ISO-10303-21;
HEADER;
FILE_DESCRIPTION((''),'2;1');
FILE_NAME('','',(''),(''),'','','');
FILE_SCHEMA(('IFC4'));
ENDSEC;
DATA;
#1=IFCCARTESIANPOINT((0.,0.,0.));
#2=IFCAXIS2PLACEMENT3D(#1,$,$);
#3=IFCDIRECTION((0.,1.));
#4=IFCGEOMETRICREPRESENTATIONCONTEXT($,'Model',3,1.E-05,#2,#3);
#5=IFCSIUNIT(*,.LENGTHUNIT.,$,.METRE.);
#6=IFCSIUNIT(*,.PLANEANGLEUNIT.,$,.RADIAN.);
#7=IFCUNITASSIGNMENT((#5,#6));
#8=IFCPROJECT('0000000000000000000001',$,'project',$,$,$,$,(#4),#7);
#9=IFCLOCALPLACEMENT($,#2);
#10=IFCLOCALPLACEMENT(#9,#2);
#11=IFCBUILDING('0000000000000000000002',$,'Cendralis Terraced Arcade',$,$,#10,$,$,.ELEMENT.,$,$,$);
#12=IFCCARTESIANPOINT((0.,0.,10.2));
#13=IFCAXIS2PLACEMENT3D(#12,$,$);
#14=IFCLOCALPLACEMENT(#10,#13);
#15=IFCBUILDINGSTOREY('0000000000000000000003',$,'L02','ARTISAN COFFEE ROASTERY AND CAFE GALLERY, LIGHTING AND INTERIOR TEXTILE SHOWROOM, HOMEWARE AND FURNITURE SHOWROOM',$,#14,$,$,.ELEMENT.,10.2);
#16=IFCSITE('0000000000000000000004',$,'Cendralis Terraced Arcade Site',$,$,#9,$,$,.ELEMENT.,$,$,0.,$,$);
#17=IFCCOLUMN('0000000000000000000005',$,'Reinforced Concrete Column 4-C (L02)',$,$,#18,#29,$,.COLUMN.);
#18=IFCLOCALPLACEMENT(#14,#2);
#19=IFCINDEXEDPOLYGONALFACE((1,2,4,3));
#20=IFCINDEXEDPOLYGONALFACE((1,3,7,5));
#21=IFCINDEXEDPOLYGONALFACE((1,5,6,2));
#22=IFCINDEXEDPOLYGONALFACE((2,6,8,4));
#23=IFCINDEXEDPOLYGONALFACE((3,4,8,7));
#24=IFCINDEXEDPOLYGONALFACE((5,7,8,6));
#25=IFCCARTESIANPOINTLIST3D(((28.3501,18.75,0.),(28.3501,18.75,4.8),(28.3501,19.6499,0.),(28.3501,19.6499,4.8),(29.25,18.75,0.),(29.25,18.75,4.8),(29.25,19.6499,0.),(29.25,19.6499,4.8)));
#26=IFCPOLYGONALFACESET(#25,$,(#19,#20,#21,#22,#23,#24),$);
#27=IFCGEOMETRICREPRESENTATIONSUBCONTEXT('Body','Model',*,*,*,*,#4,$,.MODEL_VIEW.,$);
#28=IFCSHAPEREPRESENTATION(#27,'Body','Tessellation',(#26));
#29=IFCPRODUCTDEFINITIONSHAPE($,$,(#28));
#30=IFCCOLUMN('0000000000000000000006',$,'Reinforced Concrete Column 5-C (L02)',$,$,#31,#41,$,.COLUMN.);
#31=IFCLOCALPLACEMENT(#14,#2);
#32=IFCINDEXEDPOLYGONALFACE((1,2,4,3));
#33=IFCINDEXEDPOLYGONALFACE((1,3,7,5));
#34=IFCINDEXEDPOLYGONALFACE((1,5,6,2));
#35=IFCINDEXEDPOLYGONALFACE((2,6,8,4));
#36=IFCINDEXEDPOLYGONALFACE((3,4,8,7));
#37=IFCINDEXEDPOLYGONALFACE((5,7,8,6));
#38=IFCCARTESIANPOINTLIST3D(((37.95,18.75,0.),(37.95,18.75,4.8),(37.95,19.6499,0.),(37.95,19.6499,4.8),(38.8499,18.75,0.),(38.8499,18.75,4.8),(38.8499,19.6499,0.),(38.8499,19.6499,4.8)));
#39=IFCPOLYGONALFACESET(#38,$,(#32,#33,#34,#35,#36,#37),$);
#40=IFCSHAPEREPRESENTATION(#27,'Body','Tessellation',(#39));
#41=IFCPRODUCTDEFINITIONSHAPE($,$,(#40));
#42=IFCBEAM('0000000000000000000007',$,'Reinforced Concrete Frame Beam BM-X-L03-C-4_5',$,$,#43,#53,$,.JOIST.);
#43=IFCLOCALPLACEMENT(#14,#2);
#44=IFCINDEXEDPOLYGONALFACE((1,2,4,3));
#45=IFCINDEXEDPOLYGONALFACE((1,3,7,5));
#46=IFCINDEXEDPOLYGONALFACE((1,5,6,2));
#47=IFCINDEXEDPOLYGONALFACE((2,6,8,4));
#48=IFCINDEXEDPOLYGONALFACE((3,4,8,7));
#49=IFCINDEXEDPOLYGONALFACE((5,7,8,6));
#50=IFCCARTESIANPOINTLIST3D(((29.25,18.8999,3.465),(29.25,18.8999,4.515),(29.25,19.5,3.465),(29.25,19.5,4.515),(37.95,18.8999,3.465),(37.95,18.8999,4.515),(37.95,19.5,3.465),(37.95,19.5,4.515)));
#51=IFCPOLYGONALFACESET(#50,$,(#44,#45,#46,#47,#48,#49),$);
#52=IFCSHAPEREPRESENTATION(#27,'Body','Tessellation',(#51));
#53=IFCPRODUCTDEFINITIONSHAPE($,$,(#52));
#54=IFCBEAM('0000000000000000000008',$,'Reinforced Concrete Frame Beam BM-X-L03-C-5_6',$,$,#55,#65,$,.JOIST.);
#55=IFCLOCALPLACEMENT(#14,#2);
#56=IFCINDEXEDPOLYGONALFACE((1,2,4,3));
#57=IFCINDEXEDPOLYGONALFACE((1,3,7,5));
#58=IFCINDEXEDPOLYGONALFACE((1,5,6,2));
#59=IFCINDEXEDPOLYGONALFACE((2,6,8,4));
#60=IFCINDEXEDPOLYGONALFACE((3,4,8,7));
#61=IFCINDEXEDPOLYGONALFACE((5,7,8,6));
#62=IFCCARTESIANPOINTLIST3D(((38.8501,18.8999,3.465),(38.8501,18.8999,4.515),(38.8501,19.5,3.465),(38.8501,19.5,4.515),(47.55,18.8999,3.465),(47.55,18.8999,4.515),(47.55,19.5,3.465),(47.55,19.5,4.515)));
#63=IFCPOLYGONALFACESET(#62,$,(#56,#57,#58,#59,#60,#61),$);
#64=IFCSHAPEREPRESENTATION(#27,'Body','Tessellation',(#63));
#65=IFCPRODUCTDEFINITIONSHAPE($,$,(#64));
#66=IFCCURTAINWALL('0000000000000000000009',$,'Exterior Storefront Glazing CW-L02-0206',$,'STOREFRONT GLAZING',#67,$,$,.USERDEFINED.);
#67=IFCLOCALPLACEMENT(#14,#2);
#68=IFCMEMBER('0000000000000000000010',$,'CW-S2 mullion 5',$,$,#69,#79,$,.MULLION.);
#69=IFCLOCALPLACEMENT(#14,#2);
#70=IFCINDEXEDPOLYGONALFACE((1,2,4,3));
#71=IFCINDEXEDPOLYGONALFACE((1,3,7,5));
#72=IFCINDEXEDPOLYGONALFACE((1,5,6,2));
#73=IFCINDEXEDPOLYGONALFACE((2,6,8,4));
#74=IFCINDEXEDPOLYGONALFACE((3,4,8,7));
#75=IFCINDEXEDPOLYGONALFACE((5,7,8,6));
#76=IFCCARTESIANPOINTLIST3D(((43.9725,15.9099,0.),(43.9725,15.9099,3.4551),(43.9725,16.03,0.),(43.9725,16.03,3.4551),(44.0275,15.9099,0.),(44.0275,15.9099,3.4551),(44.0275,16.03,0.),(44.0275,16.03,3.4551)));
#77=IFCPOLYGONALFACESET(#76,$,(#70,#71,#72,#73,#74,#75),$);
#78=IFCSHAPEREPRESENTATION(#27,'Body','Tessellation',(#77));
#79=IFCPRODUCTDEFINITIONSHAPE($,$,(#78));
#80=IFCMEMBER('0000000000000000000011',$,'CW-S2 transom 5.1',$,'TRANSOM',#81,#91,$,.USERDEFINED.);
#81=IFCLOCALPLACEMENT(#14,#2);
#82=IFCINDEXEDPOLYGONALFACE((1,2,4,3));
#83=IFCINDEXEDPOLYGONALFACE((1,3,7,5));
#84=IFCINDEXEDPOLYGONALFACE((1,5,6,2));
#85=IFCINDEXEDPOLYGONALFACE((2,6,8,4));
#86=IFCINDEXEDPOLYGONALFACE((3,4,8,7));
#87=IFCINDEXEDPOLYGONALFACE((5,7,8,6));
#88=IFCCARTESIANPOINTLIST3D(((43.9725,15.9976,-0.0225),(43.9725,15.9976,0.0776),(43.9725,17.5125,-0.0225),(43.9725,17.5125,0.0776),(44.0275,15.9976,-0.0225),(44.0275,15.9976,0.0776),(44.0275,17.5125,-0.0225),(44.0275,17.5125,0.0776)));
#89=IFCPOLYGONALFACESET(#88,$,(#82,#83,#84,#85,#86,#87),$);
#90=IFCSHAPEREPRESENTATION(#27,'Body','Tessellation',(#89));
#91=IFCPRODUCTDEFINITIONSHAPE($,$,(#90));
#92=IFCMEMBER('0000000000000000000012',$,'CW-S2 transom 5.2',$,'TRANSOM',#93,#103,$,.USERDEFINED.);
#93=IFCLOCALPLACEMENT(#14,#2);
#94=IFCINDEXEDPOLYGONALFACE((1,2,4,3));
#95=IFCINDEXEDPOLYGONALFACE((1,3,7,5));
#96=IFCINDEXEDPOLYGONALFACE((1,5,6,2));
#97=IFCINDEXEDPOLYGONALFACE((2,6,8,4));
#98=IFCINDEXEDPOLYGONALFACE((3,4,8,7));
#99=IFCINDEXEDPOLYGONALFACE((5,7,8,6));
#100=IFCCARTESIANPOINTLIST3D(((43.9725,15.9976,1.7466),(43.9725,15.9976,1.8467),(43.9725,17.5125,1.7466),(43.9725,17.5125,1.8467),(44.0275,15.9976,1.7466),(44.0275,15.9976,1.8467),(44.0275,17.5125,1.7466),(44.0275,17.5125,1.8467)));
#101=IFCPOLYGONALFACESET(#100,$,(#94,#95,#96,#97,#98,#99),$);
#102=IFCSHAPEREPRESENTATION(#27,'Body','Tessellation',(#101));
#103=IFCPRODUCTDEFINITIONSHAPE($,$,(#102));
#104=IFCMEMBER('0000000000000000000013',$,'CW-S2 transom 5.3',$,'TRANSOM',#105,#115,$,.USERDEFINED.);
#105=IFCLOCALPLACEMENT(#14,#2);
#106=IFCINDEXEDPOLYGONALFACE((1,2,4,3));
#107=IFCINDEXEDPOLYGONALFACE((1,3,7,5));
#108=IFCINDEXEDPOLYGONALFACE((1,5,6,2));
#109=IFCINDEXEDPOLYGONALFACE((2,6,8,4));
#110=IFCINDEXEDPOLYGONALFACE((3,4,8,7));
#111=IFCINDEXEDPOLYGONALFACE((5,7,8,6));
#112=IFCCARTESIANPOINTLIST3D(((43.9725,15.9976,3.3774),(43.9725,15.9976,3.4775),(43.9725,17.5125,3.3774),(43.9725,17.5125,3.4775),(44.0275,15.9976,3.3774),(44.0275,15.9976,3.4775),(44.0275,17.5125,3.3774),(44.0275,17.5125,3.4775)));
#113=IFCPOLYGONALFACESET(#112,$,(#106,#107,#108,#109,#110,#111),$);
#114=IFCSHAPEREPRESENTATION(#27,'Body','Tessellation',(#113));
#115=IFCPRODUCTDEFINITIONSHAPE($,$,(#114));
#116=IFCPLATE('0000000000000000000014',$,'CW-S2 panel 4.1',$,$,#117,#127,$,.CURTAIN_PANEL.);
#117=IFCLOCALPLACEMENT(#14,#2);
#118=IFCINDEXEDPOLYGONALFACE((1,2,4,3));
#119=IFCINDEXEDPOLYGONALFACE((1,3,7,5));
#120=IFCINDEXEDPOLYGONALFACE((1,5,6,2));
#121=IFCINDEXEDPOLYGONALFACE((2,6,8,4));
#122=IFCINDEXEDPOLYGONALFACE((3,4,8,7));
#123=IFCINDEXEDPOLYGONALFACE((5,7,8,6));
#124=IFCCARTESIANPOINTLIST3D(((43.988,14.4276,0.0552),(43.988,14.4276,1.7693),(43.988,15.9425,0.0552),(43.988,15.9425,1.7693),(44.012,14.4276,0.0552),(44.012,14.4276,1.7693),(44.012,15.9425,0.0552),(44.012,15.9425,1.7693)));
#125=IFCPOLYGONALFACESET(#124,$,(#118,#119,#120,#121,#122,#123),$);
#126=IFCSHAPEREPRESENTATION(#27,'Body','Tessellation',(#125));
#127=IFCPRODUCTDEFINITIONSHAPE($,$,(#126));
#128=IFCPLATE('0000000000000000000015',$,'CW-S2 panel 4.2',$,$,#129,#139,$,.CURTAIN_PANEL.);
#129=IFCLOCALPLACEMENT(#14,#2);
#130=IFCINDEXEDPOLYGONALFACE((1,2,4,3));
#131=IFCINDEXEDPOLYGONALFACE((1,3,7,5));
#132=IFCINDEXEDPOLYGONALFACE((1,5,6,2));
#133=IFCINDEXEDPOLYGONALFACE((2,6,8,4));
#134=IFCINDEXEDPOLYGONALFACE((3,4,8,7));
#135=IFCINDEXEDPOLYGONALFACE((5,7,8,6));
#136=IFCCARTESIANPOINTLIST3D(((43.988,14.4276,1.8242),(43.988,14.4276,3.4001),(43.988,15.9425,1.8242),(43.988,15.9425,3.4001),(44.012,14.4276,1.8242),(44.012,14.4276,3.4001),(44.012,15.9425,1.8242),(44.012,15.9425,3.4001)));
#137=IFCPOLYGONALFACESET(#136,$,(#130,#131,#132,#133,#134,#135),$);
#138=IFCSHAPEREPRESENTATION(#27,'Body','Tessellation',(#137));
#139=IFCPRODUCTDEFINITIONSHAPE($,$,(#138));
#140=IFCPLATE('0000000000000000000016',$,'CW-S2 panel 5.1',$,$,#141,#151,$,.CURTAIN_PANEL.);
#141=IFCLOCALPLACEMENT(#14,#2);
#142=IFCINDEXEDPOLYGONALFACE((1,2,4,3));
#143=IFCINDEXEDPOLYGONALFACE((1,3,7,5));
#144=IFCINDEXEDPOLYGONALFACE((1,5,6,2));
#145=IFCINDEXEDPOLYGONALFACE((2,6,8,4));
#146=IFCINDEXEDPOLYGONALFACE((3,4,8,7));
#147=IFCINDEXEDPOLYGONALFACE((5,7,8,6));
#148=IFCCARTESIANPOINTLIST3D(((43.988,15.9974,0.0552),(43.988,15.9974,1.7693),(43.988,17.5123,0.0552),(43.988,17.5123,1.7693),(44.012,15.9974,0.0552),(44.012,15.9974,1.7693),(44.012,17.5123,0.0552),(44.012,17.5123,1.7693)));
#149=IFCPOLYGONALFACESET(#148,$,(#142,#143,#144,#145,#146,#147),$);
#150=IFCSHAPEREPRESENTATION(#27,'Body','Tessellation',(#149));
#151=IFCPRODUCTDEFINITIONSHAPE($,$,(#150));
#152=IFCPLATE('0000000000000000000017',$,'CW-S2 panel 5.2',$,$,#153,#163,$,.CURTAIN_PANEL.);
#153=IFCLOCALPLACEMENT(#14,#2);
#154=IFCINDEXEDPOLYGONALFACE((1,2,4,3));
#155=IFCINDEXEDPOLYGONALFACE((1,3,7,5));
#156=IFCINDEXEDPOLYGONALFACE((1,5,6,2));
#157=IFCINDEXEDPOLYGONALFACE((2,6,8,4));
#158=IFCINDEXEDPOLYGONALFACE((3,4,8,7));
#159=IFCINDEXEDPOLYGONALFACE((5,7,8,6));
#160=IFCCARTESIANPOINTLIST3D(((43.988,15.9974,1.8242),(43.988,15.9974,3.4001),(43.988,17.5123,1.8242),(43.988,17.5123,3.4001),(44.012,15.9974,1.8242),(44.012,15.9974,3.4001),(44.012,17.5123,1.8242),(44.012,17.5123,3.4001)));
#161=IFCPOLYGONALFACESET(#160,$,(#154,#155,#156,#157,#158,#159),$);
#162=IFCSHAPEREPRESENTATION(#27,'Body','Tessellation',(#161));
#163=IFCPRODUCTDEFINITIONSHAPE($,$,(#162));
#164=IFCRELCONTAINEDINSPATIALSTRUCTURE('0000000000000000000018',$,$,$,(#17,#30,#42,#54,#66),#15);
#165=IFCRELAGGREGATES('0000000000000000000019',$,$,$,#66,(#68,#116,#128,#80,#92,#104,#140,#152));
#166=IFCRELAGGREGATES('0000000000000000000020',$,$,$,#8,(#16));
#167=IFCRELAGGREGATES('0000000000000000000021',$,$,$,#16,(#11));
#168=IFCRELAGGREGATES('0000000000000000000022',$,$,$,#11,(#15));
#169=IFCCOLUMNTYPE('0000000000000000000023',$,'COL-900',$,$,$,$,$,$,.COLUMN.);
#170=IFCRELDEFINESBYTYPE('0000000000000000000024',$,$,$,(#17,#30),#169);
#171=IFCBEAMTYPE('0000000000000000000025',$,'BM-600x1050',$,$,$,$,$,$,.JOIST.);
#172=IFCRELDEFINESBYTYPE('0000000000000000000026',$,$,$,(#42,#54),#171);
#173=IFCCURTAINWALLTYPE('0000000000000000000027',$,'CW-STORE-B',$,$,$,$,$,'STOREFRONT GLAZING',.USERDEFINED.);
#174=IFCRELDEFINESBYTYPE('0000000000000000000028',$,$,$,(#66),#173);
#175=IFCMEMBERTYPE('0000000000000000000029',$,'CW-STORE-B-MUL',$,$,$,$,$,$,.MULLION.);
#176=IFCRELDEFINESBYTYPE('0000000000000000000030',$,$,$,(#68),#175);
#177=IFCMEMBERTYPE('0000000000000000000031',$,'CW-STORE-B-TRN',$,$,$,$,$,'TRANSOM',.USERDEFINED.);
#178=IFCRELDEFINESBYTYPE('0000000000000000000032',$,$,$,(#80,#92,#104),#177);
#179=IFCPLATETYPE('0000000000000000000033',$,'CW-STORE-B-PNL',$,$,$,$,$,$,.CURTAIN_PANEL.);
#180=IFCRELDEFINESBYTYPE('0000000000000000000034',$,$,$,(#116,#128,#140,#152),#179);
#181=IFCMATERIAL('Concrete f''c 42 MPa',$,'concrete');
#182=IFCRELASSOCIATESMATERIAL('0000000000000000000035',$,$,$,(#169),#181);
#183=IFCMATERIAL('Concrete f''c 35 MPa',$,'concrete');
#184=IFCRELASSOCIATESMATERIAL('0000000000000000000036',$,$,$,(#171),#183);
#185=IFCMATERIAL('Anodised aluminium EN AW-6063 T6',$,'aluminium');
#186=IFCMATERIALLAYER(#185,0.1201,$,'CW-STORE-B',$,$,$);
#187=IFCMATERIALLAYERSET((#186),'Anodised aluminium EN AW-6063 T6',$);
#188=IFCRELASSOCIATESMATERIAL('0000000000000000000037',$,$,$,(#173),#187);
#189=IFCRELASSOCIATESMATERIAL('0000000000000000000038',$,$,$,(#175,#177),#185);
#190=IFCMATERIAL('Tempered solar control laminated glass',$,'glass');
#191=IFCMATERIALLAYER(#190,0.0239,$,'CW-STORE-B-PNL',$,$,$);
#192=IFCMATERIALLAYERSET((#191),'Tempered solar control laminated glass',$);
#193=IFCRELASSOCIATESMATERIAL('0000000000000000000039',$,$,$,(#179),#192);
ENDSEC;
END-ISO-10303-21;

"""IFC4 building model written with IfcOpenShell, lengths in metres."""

from ifc_helpers import new_model, si_unit, direction, frame, origin, origin_2d, place, context, subcontext, project, spatial, rectangle, extrude, material, layer, layer_set, material_profile, profile_set, type_object, element, aggregate, save


model = new_model("IFC4")

# Units and contexts
model_context = context("Model", 3, precision=1e-05, world=origin(), true_north=direction((0.0, 1.0)))
body_context = subcontext(model_context, "Body", "Model", "MODEL_VIEW")
ifc_project = project(units=[si_unit("LENGTHUNIT", "METRE"), si_unit("PLANEANGLEUNIT", "RADIAN")], contexts=[model_context])

# Site, building, storey
site_placement = place(None, origin())
site = spatial("IfcSite", under=ifc_project, at=site_placement, Name="Cendralis Terraced Arcade Site", CompositionType="ELEMENT", RefElevation=0.0)
building_placement = place(site_placement, origin())
building = spatial("IfcBuilding", under=site, at=building_placement, Name="Cendralis Terraced Arcade", CompositionType="ELEMENT")
storey_placement = place(building_placement, frame((0.0, 0.0, 10.2)))
storey = spatial("IfcBuildingStorey", under=building, at=storey_placement, Name="L02", Description="ARTISAN COFFEE ROASTERY AND CAFE GALLERY, LIGHTING AND INTERIOR TEXTILE SHOWROOM, HOMEWARE AND FURNITURE SHOWROOM", CompositionType="ELEMENT", Elevation=10.2)

# Columns
ifc_material_1 = material(Name="Concrete f'c 42 MPa", Category="concrete")
ifc_material_profile_1 = material_profile(ifc_material_1, rectangle(XDim=0.8999, YDim=0.8999, at=origin_2d()), Name="RC-COL-900x900", Category="LoadBearing")
ifc_profile_set_1 = profile_set([ifc_material_profile_1], Name="Concrete f'c 42 MPa")
column_type = type_object("IfcColumnType", Name="COL-900", PredefinedType="COLUMN", material=ifc_profile_set_1)
for number, where, z_axis, x_axis, name in (
    (1, (28.8, 19.2, 0.0), (0.0, 0.0, 1.0), (1.0, 0.0, 0.0), "Reinforced Concrete Column 4-C (L02)"),
    (2, (38.3999, 19.2, 0.0), (0.0, 0.0, 1.0), (1.0, 0.0, 0.0), "Reinforced Concrete Column 5-C (L02)"),
):
    element("IfcColumn", number, at=place(storey_placement, frame(where, z_axis=z_axis, x_axis=x_axis)), inside=storey, type_object=column_type, Name=name, PredefinedType="COLUMN", context=body_context, shape_type="SweptSolid", body=[
        extrude(rectangle(XDim=0.8999, YDim=0.8999, at=origin_2d()), origin(), (0.0, 0.0, 1.0), 4.8),
    ])

# Beams
ifc_material_2 = material(Name="Concrete f'c 35 MPa", Category="concrete")
ifc_material_profile_2 = material_profile(ifc_material_2, rectangle(XDim=0.6001, YDim=1.05, at=origin_2d()), Name="RC-BM-600x1050", Category="LoadBearing")
ifc_profile_set_2 = profile_set([ifc_material_profile_2], Name="Concrete f'c 35 MPa")
beam_type = type_object("IfcBeamType", Name="BM-600x1050", PredefinedType="JOIST", material=ifc_profile_set_2)
for number, where, z_axis, x_axis, name in (
    (3, (29.25, 19.2, 3.99), (1.0, 0.0, 0.0), (0.0, 1.0, 0.0), "Reinforced Concrete Frame Beam BM-X-L03-C-4_5"),
    (4, (38.8501, 19.2, 3.99), (1.0, 0.0, 0.0), (0.0, 1.0, 0.0), "Reinforced Concrete Frame Beam BM-X-L03-C-5_6"),
):
    element("IfcBeam", number, at=place(storey_placement, frame(where, z_axis=z_axis, x_axis=x_axis)), inside=storey, type_object=beam_type, Name=name, PredefinedType="JOIST", context=body_context, shape_type="SweptSolid", body=[
        extrude(rectangle(XDim=0.6001, YDim=1.05, at=origin_2d()), origin(), (0.0, 0.0, 1.0), 8.7),
    ])

# Curtain wall, members, plates
ifc_material_3 = material(Name="Anodised aluminium EN AW-6063 T6", Category="aluminium")
ifc_layer_1 = layer(ifc_material_3, 0.1201, Name="CW-STORE-B")
ifc_layer_set_1 = layer_set([ifc_layer_1], Name="Anodised aluminium EN AW-6063 T6")
curtain_wall_type = type_object("IfcCurtainWallType", Name="CW-STORE-B", ElementType="STOREFRONT GLAZING", PredefinedType="USERDEFINED", material=ifc_layer_set_1)
curtain_wall_placement = place(storey_placement, origin())
curtain_wall = element("IfcCurtainWall", 5, at=curtain_wall_placement, inside=storey, type_object=curtain_wall_type, Name="Exterior Storefront Glazing CW-L02-0206", ObjectType="STOREFRONT GLAZING", PredefinedType="USERDEFINED")
ifc_material_profile_3 = material_profile(ifc_material_3, rectangle(XDim=0.0549, YDim=0.1201, at=origin_2d()), Name="ALU-MUL-55x120")
ifc_profile_set_3 = profile_set([ifc_material_profile_3], Name="Anodised aluminium EN AW-6063 T6")
member_type_1 = type_object("IfcMemberType", Name="CW-STORE-B-MUL", PredefinedType="MULLION", material=ifc_profile_set_3)
member_1_placement = place(storey_placement, frame((44.0, 15.97, 0.0), z_axis=(0.0, 0.0, 1.0), x_axis=(-1.0, 0.0, 0.0)))
member_1 = element("IfcMember", 6, at=member_1_placement, type_object=member_type_1, Name="CW-S2 mullion 5", PredefinedType="MULLION", context=body_context, shape_type="SweptSolid", body=[
    extrude(rectangle(XDim=0.0549, YDim=0.1201, at=origin_2d()), origin(), (0.0, 0.0, 1.0), 3.4551),
])
ifc_material_profile_4 = material_profile(ifc_material_3, rectangle(XDim=0.0549, YDim=0.1001, at=origin_2d()), Name="ALU-TRN-55x100")
ifc_profile_set_4 = profile_set([ifc_material_profile_4], Name="Anodised aluminium EN AW-6063 T6")
member_type_2 = type_object("IfcMemberType", Name="CW-STORE-B-TRN", ElementType="TRANSOM", PredefinedType="USERDEFINED", material=ifc_profile_set_4)
member_2_placement = place(storey_placement, frame((44.0, 15.9976, 0.0276), z_axis=(0.0, 1.0, 0.0), x_axis=(-1.0, 0.0, 0.0)))
member_2 = element("IfcMember", 7, at=member_2_placement, type_object=member_type_2, Name="CW-S2 transom 5.1", ObjectType="TRANSOM", PredefinedType="USERDEFINED", context=body_context, shape_type="SweptSolid", body=[
    extrude(rectangle(XDim=0.0549, YDim=0.1001, at=origin_2d()), origin(), (0.0, 0.0, 1.0), 1.5149),
])
member_3_placement = place(storey_placement, frame((44.0, 15.9976, 1.7966), z_axis=(0.0, 1.0, 0.0), x_axis=(-1.0, 0.0, 0.0)))
member_3 = element("IfcMember", 8, at=member_3_placement, type_object=member_type_2, Name="CW-S2 transom 5.2", ObjectType="TRANSOM", PredefinedType="USERDEFINED", context=body_context, shape_type="SweptSolid", body=[
    extrude(rectangle(XDim=0.0549, YDim=0.1001, at=origin_2d()), origin(), (0.0, 0.0, 1.0), 1.5149),
])
member_4_placement = place(storey_placement, frame((44.0, 15.9976, 3.4275), z_axis=(0.0, 1.0, 0.0), x_axis=(-1.0, 0.0, 0.0)))
member_4 = element("IfcMember", 9, at=member_4_placement, type_object=member_type_2, Name="CW-S2 transom 5.3", ObjectType="TRANSOM", PredefinedType="USERDEFINED", context=body_context, shape_type="SweptSolid", body=[
    extrude(rectangle(XDim=0.0549, YDim=0.1001, at=origin_2d()), origin(), (0.0, 0.0, 1.0), 1.5149),
])
ifc_material_4 = material(Name="Tempered solar control laminated glass", Category="glass")
ifc_layer_2 = layer(ifc_material_4, 0.0239, Name="CW-STORE-B-PNL")
ifc_layer_set_2 = layer_set([ifc_layer_2], Name="Tempered solar control laminated glass")
plate_type = type_object("IfcPlateType", Name="CW-STORE-B-PNL", PredefinedType="CURTAIN_PANEL", material=ifc_layer_set_2)
plate_1_placement = place(storey_placement, frame((44.0, 15.1851, 0.0552), z_axis=(0.0, 0.0, 1.0), x_axis=(0.0, 1.0, 0.0)))
plate_1 = element("IfcPlate", 10, at=plate_1_placement, type_object=plate_type, Name="CW-S2 panel 4.1", PredefinedType="CURTAIN_PANEL", context=body_context, shape_type="SweptSolid", body=[
    extrude(rectangle(XDim=1.5149, YDim=0.0239, at=origin_2d()), origin(), (0.0, 0.0, 1.0), 1.7141),
])
plate_2_placement = place(storey_placement, frame((44.0, 15.1851, 1.8242), z_axis=(0.0, 0.0, 1.0), x_axis=(0.0, 1.0, 0.0)))
plate_2 = element("IfcPlate", 11, at=plate_2_placement, type_object=plate_type, Name="CW-S2 panel 4.2", PredefinedType="CURTAIN_PANEL", context=body_context, shape_type="SweptSolid", body=[
    extrude(rectangle(XDim=1.5149, YDim=0.0239, at=origin_2d()), origin(), (0.0, 0.0, 1.0), 1.5759),
])
plate_3_placement = place(storey_placement, frame((44.0, 16.7549, 0.0552), z_axis=(0.0, 0.0, 1.0), x_axis=(0.0, 1.0, 0.0)))
plate_3 = element("IfcPlate", 12, at=plate_3_placement, type_object=plate_type, Name="CW-S2 panel 5.1", PredefinedType="CURTAIN_PANEL", context=body_context, shape_type="SweptSolid", body=[
    extrude(rectangle(XDim=1.5149, YDim=0.0239, at=origin_2d()), origin(), (0.0, 0.0, 1.0), 1.7141),
])
plate_4_placement = place(storey_placement, frame((44.0, 16.7549, 1.8242), z_axis=(0.0, 0.0, 1.0), x_axis=(0.0, 1.0, 0.0)))
plate_4 = element("IfcPlate", 13, at=plate_4_placement, type_object=plate_type, Name="CW-S2 panel 5.2", PredefinedType="CURTAIN_PANEL", context=body_context, shape_type="SweptSolid", body=[
    extrude(rectangle(XDim=1.5149, YDim=0.0239, at=origin_2d()), origin(), (0.0, 0.0, 1.0), 1.5759),
])
aggregate(curtain_wall, [member_1, plate_1, plate_2, member_2, member_3, member_4, plate_3, plate_4])

save(model, "model.ifc")
